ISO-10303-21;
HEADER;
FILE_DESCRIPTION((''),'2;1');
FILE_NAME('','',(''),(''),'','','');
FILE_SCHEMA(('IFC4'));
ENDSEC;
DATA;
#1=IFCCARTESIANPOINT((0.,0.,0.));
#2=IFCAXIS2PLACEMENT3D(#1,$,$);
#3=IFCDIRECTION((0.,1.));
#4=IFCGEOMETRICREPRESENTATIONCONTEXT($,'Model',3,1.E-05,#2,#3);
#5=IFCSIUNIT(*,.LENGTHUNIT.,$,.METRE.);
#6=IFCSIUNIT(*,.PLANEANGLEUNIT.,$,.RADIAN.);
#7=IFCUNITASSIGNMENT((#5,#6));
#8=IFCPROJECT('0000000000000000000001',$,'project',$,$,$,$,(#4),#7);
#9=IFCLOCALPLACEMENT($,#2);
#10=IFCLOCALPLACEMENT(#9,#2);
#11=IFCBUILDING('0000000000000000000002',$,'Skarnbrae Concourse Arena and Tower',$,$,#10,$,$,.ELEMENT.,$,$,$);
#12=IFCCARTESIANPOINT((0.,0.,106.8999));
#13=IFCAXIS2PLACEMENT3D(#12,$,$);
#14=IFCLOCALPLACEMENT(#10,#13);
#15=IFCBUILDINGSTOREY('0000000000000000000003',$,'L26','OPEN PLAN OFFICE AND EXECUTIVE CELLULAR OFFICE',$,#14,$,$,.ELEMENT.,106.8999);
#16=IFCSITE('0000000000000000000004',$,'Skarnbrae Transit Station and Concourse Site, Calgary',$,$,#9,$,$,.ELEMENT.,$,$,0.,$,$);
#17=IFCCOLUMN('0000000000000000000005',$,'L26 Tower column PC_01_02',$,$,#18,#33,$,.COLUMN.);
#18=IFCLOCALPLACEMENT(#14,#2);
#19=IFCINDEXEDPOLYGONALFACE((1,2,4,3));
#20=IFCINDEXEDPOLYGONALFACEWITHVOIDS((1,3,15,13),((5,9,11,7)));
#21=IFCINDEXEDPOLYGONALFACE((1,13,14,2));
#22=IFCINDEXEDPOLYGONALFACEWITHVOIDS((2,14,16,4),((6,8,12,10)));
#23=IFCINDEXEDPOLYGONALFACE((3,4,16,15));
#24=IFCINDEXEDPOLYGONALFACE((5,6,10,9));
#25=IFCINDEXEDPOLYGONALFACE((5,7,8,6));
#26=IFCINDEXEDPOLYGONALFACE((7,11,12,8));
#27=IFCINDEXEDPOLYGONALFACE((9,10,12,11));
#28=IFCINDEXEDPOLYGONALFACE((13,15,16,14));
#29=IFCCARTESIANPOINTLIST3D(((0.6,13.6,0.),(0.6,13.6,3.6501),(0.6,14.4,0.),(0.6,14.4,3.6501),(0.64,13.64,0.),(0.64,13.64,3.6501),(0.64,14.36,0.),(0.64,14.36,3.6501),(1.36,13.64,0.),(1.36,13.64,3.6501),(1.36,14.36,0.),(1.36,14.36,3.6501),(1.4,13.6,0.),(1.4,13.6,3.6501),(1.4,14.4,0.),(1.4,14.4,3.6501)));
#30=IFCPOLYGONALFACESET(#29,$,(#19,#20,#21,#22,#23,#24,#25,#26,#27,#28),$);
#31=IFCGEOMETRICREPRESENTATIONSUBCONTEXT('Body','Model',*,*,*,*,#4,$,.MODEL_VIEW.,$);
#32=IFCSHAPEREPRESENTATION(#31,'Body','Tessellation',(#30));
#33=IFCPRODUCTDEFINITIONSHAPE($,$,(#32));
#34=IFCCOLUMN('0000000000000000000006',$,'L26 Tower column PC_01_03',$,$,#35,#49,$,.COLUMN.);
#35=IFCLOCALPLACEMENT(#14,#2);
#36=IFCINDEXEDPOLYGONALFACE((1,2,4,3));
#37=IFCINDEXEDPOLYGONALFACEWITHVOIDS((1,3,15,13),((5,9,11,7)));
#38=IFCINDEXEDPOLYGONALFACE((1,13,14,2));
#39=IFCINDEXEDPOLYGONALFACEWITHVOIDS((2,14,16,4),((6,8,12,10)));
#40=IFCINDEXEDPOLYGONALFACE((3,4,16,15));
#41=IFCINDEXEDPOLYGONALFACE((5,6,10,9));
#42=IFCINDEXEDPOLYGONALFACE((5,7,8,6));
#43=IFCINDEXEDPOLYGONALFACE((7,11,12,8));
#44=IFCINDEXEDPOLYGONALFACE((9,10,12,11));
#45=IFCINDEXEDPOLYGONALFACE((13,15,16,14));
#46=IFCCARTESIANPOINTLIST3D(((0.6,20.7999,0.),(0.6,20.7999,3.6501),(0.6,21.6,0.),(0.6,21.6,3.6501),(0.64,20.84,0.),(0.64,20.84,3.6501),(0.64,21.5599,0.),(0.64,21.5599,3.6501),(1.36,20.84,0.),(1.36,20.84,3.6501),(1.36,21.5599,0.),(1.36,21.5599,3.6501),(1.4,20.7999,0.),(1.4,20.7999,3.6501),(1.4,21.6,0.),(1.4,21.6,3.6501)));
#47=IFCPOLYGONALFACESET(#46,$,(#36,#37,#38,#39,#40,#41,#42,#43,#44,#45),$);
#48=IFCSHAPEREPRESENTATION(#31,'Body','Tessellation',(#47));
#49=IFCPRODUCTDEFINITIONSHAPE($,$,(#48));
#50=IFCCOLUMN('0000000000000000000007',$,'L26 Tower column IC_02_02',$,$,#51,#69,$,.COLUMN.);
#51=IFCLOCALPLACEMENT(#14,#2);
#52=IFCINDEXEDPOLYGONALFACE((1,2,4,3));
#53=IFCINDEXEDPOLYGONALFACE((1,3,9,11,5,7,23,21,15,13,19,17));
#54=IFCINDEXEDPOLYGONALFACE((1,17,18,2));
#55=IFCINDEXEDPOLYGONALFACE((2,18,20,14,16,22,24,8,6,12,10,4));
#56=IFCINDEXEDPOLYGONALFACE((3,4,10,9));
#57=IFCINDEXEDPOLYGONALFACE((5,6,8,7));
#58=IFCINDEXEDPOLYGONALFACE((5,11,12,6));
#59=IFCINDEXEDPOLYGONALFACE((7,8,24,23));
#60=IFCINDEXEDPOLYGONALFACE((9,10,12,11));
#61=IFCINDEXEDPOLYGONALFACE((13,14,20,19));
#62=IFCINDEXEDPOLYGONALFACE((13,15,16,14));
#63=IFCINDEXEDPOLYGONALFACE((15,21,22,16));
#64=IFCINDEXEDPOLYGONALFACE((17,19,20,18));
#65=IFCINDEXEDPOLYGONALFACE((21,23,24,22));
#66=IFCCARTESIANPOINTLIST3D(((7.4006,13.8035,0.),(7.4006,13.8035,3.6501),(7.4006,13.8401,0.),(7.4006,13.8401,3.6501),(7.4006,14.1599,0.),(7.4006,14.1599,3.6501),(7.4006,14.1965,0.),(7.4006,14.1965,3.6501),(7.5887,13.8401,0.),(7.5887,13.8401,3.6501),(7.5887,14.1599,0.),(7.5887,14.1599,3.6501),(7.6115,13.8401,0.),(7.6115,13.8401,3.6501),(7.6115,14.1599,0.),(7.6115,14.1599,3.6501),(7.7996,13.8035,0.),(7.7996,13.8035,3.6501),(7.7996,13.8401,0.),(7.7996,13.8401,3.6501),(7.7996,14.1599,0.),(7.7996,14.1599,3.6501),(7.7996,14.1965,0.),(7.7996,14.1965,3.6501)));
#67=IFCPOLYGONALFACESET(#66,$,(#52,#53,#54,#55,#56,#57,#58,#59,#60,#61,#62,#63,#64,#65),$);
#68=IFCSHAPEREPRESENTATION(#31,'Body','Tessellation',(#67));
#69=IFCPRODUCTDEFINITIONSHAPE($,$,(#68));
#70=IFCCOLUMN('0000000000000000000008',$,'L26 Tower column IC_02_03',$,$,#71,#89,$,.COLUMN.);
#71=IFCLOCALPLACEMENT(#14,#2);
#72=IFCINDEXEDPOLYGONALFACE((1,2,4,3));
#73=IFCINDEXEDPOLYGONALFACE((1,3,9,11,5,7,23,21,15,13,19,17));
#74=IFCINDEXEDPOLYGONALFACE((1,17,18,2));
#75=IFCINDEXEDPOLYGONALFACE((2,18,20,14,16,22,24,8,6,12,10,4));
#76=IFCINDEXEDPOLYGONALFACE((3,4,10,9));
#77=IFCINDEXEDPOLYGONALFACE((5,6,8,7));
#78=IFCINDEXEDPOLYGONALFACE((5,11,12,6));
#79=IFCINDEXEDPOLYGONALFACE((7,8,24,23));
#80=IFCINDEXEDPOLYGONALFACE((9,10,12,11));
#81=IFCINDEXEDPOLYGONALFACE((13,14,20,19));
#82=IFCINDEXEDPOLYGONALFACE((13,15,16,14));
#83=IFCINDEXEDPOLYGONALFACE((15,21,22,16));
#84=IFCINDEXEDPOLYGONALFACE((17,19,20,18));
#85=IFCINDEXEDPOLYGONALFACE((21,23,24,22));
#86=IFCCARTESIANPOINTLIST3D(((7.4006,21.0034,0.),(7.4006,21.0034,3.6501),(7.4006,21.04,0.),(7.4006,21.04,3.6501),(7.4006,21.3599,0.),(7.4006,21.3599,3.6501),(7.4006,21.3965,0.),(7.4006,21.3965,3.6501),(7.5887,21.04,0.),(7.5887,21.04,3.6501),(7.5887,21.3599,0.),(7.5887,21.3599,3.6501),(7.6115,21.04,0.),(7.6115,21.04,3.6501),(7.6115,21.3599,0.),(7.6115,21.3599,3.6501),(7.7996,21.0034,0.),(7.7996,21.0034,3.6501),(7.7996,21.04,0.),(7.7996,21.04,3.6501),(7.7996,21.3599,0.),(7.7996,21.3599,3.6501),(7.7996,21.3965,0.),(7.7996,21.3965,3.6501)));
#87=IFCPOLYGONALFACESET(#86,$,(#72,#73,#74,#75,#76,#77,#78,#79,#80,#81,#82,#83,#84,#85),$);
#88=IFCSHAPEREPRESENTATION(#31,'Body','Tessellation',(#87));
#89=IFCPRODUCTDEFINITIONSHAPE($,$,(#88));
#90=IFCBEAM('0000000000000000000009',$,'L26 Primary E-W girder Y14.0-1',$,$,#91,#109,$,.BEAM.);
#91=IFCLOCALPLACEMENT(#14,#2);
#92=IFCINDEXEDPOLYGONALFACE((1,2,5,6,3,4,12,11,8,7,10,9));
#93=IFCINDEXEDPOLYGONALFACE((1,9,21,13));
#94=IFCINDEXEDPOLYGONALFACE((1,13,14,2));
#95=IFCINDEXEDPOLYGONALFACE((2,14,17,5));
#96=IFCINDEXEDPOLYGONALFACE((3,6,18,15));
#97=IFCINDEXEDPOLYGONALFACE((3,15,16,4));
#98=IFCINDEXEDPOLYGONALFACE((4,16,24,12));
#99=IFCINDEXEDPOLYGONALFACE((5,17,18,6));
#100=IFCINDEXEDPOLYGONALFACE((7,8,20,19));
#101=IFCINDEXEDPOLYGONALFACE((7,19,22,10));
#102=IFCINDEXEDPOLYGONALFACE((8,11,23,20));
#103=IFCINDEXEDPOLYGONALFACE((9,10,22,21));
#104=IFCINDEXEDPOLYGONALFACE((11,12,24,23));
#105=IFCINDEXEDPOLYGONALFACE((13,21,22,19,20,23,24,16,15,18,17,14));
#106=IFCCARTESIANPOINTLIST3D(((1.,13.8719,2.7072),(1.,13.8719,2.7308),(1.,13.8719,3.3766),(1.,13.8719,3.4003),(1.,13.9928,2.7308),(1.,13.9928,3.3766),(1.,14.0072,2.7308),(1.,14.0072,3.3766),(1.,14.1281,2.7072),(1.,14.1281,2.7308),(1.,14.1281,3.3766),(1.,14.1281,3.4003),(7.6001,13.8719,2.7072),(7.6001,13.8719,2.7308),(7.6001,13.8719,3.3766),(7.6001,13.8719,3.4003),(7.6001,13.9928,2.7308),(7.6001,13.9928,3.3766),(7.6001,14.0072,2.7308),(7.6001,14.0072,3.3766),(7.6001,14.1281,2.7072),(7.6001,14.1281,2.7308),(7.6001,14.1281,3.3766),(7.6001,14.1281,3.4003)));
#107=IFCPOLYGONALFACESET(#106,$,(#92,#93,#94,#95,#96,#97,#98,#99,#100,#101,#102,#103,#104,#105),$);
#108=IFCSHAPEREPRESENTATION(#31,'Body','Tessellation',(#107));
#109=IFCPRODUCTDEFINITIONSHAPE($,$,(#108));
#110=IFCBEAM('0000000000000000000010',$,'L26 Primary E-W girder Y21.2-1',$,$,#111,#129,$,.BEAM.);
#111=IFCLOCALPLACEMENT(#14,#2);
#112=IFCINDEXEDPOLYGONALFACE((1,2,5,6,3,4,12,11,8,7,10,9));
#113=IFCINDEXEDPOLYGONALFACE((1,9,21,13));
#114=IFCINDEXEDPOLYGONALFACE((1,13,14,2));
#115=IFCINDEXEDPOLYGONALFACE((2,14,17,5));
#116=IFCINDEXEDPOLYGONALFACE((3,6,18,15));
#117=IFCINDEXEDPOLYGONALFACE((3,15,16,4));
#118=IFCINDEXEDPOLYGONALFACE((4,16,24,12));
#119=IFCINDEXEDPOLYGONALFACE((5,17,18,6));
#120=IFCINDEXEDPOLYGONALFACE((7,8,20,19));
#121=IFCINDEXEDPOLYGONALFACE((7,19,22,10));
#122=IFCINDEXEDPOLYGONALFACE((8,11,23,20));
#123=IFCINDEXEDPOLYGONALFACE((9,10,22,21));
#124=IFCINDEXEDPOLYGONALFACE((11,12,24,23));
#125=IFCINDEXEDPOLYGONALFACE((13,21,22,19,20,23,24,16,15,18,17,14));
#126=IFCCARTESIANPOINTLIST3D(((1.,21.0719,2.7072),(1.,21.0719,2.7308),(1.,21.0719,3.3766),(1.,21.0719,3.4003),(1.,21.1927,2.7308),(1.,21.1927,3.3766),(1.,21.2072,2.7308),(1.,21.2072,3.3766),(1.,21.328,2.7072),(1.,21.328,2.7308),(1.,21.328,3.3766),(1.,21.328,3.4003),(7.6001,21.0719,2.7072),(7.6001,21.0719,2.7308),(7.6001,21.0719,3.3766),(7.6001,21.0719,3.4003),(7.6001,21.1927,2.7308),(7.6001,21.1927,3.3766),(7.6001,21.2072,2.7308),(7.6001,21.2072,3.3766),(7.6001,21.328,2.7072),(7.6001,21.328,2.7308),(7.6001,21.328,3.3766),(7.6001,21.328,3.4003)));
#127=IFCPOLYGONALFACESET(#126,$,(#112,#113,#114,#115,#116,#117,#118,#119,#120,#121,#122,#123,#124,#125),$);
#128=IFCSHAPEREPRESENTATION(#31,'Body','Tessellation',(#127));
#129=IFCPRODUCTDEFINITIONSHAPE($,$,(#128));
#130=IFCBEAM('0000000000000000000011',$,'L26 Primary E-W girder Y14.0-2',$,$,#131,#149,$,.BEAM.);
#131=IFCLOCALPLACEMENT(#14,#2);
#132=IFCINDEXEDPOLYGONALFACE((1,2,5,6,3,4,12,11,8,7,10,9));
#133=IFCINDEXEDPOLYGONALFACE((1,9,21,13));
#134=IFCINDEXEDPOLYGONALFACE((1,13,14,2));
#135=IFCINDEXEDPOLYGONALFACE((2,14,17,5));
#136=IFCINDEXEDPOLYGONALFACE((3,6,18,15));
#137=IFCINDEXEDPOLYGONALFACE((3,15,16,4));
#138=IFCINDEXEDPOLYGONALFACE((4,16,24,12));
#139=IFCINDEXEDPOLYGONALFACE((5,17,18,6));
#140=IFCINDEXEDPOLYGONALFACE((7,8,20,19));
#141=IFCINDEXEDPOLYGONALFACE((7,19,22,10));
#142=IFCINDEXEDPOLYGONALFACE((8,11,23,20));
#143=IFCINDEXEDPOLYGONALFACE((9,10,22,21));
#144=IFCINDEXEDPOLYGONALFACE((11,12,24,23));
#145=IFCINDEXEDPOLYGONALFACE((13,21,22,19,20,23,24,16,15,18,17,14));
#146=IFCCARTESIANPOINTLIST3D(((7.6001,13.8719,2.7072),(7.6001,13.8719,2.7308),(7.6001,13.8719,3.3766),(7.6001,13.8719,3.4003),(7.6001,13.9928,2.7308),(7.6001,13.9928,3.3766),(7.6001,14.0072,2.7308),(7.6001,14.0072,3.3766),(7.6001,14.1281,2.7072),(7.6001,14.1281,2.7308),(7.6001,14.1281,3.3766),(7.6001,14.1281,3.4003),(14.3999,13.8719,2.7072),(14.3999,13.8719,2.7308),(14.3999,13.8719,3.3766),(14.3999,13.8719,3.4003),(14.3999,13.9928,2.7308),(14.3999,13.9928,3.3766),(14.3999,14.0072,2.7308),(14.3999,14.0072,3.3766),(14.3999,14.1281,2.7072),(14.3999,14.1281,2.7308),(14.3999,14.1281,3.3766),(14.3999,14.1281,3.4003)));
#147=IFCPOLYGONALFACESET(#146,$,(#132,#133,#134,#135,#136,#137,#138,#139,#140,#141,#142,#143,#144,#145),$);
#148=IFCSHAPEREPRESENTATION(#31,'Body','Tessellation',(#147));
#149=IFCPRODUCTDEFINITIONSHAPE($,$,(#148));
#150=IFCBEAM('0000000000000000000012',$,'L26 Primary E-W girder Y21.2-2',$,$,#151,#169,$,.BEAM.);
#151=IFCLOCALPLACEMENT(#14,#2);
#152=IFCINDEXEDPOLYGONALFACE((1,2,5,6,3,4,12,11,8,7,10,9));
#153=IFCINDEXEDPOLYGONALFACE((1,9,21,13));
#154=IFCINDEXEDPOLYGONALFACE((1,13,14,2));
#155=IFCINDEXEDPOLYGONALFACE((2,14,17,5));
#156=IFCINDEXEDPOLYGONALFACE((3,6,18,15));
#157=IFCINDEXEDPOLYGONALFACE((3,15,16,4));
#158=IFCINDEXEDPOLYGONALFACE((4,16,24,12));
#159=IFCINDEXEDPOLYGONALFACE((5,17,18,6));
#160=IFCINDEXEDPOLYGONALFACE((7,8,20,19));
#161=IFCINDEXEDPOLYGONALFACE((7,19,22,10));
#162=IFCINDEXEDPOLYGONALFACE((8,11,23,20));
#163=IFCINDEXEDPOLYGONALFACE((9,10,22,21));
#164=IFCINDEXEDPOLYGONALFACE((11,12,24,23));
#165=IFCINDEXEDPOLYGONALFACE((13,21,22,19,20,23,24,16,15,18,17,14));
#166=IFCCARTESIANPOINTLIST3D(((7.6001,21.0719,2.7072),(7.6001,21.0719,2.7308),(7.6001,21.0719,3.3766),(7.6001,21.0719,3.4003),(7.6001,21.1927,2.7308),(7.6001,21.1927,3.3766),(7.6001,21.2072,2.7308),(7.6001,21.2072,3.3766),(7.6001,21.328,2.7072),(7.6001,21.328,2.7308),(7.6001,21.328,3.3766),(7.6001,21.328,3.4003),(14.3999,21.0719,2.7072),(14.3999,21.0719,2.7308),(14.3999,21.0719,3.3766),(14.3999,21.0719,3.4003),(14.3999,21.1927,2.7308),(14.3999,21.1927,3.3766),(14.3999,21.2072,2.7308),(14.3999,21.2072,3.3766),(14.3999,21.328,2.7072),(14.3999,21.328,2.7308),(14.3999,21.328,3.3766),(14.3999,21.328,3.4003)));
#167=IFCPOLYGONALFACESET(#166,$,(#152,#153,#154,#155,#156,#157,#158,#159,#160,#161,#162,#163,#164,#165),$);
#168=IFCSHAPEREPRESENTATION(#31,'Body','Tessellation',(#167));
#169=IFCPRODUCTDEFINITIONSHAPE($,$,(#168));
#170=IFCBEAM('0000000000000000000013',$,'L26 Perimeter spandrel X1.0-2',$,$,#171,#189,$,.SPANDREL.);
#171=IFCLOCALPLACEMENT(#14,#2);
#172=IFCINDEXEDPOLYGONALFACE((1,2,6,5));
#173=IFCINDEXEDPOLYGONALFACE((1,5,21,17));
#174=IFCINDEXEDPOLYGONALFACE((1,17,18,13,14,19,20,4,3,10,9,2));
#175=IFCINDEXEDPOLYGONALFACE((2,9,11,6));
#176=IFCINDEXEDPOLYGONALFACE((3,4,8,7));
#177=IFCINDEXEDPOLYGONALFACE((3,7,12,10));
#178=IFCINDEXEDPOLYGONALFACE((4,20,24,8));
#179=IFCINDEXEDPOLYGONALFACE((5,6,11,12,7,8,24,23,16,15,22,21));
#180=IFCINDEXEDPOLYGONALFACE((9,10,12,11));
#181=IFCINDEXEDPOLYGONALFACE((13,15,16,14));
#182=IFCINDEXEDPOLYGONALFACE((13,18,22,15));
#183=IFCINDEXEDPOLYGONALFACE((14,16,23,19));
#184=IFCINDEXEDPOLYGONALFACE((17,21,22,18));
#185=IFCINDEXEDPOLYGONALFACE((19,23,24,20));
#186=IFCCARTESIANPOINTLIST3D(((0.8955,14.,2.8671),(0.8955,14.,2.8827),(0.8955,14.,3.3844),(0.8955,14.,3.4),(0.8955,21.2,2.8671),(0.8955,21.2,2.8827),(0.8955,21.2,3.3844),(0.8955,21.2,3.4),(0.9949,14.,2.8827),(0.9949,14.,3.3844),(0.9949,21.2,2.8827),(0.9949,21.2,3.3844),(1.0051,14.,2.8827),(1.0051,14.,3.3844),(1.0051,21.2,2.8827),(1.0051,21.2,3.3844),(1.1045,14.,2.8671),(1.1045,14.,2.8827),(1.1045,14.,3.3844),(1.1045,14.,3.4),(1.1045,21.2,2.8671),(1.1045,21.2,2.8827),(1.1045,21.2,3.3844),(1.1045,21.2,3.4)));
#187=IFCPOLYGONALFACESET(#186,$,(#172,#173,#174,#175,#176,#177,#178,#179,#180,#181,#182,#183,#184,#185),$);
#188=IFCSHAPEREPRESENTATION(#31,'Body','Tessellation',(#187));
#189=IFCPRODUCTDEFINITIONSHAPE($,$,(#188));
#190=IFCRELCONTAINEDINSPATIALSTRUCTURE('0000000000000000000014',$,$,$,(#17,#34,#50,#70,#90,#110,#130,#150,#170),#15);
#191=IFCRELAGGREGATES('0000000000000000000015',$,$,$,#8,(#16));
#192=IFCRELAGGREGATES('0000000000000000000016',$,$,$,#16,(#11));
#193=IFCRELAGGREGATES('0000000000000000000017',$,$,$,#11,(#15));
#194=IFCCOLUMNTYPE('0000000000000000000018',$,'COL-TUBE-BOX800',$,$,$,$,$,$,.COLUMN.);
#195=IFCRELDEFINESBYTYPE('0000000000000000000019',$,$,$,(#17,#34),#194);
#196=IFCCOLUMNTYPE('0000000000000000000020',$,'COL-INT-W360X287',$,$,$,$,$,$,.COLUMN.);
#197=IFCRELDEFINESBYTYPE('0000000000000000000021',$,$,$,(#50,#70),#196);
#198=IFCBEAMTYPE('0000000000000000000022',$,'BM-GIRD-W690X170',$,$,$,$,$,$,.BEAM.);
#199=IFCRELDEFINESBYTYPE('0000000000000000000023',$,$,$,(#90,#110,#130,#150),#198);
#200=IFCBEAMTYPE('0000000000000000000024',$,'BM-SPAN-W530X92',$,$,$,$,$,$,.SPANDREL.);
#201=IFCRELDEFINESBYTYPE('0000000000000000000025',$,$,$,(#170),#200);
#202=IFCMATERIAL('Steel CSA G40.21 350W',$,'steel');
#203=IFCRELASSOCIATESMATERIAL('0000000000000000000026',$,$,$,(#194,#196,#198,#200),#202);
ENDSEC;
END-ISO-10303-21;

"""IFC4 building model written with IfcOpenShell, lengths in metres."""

from ifc_helpers import new_model, si_unit, direction, frame, origin, origin_2d, place, context, subcontext, project, spatial, hollow_rectangle, i_section, extrude, source, transform, mapped, material, material_profile, profile_set, type_object, element, save


model = new_model("IFC4")

# Units and contexts
model_context = context("Model", 3, precision=1e-05, world=origin(), true_north=direction((0.0, 1.0)))
body_context = subcontext(model_context, "Body", "Model", "MODEL_VIEW")
ifc_project = project(units=[si_unit("LENGTHUNIT", "METRE"), si_unit("PLANEANGLEUNIT", "RADIAN")], contexts=[model_context])

# Site, building, storey
site_placement = place(None, origin())
site = spatial("IfcSite", under=ifc_project, at=site_placement, Name="Skarnbrae Transit Station and Concourse Site, Calgary", CompositionType="ELEMENT", RefElevation=0.0)
building_placement = place(site_placement, origin())
building = spatial("IfcBuilding", under=site, at=building_placement, Name="Skarnbrae Concourse Arena and Tower", CompositionType="ELEMENT")
storey_placement = place(building_placement, frame((0.0, 0.0, 106.8999)))
storey = spatial("IfcBuildingStorey", under=building, at=storey_placement, Name="L26", Description="OPEN PLAN OFFICE AND EXECUTIVE CELLULAR OFFICE", CompositionType="ELEMENT", Elevation=106.8999)

# Columns
ifc_material_1 = material(Name="Steel CSA G40.21 350W", Category="steel")
ifc_material_profile_1 = material_profile(ifc_material_1, hollow_rectangle(XDim=0.8, YDim=0.8, WallThickness=0.04, at=origin_2d()), Name="BOX800X800X40")
ifc_profile_set_1 = profile_set([ifc_material_profile_1], Name="Steel CSA G40.21 350W")
column_type_1 = type_object("IfcColumnType", Name="COL-TUBE-BOX800", PredefinedType="COLUMN", material=ifc_profile_set_1)
shared_shape_1 = source(origin(), body_context, "Body", "SweptSolid", [
    extrude(hollow_rectangle(XDim=0.8, YDim=0.8, WallThickness=0.04, at=origin_2d()), origin(), (0.0, 0.0, 1.0), 3.6501),
])
for number, where, z_axis, x_axis, name in (
    (1, (1.0, 14.0, 0.0), (0.0, 0.0, 1.0), (1.0, 0.0, 0.0), "L26 Tower column PC_01_02"),
    (2, (1.0, 21.2, 0.0), (0.0, 0.0, 1.0), (1.0, 0.0, 0.0), "L26 Tower column PC_01_03"),
):
    element("IfcColumn", number, at=place(storey_placement, frame(where, z_axis=z_axis, x_axis=x_axis)), inside=storey, type_object=column_type_1, Name=name, PredefinedType="COLUMN", context=body_context, shape_type="MappedRepresentation", body=[
        mapped(shared_shape_1, transform((0.0, 0.0, 0.0))),
    ])
ifc_material_profile_2 = material_profile(ifc_material_1, i_section(OverallWidth=0.3989, OverallDepth=0.3931, WebThickness=0.0227, FlangeThickness=0.0366, at=origin_2d()), Name="W360X287")
ifc_profile_set_2 = profile_set([ifc_material_profile_2], Name="Steel CSA G40.21 350W")
column_type_2 = type_object("IfcColumnType", Name="COL-INT-W360X287", PredefinedType="COLUMN", material=ifc_profile_set_2)
shared_shape_2 = source(origin(), body_context, "Body", "SweptSolid", [
    extrude(i_section(OverallWidth=0.3989, OverallDepth=0.3931, WebThickness=0.0227, FlangeThickness=0.0366, at=origin_2d()), origin(), (0.0, 0.0, 1.0), 3.6501),
])
for number, where, z_axis, x_axis, name in (
    (3, (7.6001, 14.0, 0.0), (0.0, 0.0, 1.0), (1.0, 0.0, 0.0), "L26 Tower column IC_02_02"),
    (4, (7.6001, 21.2, 0.0), (0.0, 0.0, 1.0), (1.0, 0.0, 0.0), "L26 Tower column IC_02_03"),
):
    element("IfcColumn", number, at=place(storey_placement, frame(where, z_axis=z_axis, x_axis=x_axis)), inside=storey, type_object=column_type_2, Name=name, PredefinedType="COLUMN", context=body_context, shape_type="MappedRepresentation", body=[
        mapped(shared_shape_2, transform((0.0, 0.0, 0.0))),
    ])

# Beams
ifc_material_profile_3 = material_profile(ifc_material_1, i_section(OverallWidth=0.2561, OverallDepth=0.6931, WebThickness=0.0144, FlangeThickness=0.0237, at=origin_2d()), Name="W690X170")
ifc_profile_set_3 = profile_set([ifc_material_profile_3], Name="Steel CSA G40.21 350W")
beam_type_1 = type_object("IfcBeamType", Name="BM-GIRD-W690X170", PredefinedType="BEAM", material=ifc_profile_set_3)
shared_shape_3 = source(origin(), body_context, "Body", "SweptSolid", [
    extrude(i_section(OverallWidth=0.2561, OverallDepth=0.6931, WebThickness=0.0144, FlangeThickness=0.0237, at=origin_2d()), origin(), (0.0, 0.0, 1.0), 6.6001),
])
for number, where, z_axis, x_axis, name in (
    (5, (1.0, 14.0, 3.0537), (1.0, 0.0, 0.0), (0.0, 1.0, 0.0), "L26 Primary E-W girder Y14.0-1"),
    (6, (1.0, 21.2, 3.0537), (1.0, 0.0, 0.0), (0.0, 1.0, 0.0), "L26 Primary E-W girder Y21.2-1"),
):
    element("IfcBeam", number, at=place(storey_placement, frame(where, z_axis=z_axis, x_axis=x_axis)), inside=storey, type_object=beam_type_1, Name=name, PredefinedType="BEAM", context=body_context, shape_type="MappedRepresentation", body=[
        mapped(shared_shape_3, transform((0.0, 0.0, 0.0))),
    ])
shared_shape_4 = source(origin(), body_context, "Body", "SweptSolid", [
    extrude(i_section(OverallWidth=0.2561, OverallDepth=0.6931, WebThickness=0.0144, FlangeThickness=0.0237, at=origin_2d()), origin(), (0.0, 0.0, 1.0), 6.7998),
])
for number, where, z_axis, x_axis, name in (
    (7, (7.6001, 14.0, 3.0537), (1.0, 0.0, 0.0), (0.0, 1.0, 0.0), "L26 Primary E-W girder Y14.0-2"),
    (8, (7.6001, 21.2, 3.0537), (1.0, 0.0, 0.0), (0.0, 1.0, 0.0), "L26 Primary E-W girder Y21.2-2"),
):
    element("IfcBeam", number, at=place(storey_placement, frame(where, z_axis=z_axis, x_axis=x_axis)), inside=storey, type_object=beam_type_1, Name=name, PredefinedType="BEAM", context=body_context, shape_type="MappedRepresentation", body=[
        mapped(shared_shape_4, transform((0.0, 0.0, 0.0))),
    ])
ifc_material_profile_4 = material_profile(ifc_material_1, i_section(OverallWidth=0.209, OverallDepth=0.533, WebThickness=0.0103, FlangeThickness=0.0156, at=origin_2d()), Name="W530X92")
ifc_profile_set_4 = profile_set([ifc_material_profile_4], Name="Steel CSA G40.21 350W")
beam_type_2 = type_object("IfcBeamType", Name="BM-SPAN-W530X92", PredefinedType="SPANDREL", material=ifc_profile_set_4)
shared_shape_5 = source(origin(), body_context, "Body", "SweptSolid", [
    extrude(i_section(OverallWidth=0.209, OverallDepth=0.533, WebThickness=0.0103, FlangeThickness=0.0156, at=origin_2d()), origin(), (0.0, 0.0, 1.0), 7.2),
])
beam_1_placement = place(storey_placement, frame((1.0, 14.0, 3.1335), z_axis=(0.0, 1.0, 0.0), x_axis=(-1.0, 0.0, 0.0)))
element("IfcBeam", 9, at=beam_1_placement, inside=storey, type_object=beam_type_2, Name="L26 Perimeter spandrel X1.0-2", PredefinedType="SPANDREL", context=body_context, shape_type="MappedRepresentation", body=[
    mapped(shared_shape_5, transform((0.0, 0.0, 0.0))),
])

save(model, "model.ifc")
